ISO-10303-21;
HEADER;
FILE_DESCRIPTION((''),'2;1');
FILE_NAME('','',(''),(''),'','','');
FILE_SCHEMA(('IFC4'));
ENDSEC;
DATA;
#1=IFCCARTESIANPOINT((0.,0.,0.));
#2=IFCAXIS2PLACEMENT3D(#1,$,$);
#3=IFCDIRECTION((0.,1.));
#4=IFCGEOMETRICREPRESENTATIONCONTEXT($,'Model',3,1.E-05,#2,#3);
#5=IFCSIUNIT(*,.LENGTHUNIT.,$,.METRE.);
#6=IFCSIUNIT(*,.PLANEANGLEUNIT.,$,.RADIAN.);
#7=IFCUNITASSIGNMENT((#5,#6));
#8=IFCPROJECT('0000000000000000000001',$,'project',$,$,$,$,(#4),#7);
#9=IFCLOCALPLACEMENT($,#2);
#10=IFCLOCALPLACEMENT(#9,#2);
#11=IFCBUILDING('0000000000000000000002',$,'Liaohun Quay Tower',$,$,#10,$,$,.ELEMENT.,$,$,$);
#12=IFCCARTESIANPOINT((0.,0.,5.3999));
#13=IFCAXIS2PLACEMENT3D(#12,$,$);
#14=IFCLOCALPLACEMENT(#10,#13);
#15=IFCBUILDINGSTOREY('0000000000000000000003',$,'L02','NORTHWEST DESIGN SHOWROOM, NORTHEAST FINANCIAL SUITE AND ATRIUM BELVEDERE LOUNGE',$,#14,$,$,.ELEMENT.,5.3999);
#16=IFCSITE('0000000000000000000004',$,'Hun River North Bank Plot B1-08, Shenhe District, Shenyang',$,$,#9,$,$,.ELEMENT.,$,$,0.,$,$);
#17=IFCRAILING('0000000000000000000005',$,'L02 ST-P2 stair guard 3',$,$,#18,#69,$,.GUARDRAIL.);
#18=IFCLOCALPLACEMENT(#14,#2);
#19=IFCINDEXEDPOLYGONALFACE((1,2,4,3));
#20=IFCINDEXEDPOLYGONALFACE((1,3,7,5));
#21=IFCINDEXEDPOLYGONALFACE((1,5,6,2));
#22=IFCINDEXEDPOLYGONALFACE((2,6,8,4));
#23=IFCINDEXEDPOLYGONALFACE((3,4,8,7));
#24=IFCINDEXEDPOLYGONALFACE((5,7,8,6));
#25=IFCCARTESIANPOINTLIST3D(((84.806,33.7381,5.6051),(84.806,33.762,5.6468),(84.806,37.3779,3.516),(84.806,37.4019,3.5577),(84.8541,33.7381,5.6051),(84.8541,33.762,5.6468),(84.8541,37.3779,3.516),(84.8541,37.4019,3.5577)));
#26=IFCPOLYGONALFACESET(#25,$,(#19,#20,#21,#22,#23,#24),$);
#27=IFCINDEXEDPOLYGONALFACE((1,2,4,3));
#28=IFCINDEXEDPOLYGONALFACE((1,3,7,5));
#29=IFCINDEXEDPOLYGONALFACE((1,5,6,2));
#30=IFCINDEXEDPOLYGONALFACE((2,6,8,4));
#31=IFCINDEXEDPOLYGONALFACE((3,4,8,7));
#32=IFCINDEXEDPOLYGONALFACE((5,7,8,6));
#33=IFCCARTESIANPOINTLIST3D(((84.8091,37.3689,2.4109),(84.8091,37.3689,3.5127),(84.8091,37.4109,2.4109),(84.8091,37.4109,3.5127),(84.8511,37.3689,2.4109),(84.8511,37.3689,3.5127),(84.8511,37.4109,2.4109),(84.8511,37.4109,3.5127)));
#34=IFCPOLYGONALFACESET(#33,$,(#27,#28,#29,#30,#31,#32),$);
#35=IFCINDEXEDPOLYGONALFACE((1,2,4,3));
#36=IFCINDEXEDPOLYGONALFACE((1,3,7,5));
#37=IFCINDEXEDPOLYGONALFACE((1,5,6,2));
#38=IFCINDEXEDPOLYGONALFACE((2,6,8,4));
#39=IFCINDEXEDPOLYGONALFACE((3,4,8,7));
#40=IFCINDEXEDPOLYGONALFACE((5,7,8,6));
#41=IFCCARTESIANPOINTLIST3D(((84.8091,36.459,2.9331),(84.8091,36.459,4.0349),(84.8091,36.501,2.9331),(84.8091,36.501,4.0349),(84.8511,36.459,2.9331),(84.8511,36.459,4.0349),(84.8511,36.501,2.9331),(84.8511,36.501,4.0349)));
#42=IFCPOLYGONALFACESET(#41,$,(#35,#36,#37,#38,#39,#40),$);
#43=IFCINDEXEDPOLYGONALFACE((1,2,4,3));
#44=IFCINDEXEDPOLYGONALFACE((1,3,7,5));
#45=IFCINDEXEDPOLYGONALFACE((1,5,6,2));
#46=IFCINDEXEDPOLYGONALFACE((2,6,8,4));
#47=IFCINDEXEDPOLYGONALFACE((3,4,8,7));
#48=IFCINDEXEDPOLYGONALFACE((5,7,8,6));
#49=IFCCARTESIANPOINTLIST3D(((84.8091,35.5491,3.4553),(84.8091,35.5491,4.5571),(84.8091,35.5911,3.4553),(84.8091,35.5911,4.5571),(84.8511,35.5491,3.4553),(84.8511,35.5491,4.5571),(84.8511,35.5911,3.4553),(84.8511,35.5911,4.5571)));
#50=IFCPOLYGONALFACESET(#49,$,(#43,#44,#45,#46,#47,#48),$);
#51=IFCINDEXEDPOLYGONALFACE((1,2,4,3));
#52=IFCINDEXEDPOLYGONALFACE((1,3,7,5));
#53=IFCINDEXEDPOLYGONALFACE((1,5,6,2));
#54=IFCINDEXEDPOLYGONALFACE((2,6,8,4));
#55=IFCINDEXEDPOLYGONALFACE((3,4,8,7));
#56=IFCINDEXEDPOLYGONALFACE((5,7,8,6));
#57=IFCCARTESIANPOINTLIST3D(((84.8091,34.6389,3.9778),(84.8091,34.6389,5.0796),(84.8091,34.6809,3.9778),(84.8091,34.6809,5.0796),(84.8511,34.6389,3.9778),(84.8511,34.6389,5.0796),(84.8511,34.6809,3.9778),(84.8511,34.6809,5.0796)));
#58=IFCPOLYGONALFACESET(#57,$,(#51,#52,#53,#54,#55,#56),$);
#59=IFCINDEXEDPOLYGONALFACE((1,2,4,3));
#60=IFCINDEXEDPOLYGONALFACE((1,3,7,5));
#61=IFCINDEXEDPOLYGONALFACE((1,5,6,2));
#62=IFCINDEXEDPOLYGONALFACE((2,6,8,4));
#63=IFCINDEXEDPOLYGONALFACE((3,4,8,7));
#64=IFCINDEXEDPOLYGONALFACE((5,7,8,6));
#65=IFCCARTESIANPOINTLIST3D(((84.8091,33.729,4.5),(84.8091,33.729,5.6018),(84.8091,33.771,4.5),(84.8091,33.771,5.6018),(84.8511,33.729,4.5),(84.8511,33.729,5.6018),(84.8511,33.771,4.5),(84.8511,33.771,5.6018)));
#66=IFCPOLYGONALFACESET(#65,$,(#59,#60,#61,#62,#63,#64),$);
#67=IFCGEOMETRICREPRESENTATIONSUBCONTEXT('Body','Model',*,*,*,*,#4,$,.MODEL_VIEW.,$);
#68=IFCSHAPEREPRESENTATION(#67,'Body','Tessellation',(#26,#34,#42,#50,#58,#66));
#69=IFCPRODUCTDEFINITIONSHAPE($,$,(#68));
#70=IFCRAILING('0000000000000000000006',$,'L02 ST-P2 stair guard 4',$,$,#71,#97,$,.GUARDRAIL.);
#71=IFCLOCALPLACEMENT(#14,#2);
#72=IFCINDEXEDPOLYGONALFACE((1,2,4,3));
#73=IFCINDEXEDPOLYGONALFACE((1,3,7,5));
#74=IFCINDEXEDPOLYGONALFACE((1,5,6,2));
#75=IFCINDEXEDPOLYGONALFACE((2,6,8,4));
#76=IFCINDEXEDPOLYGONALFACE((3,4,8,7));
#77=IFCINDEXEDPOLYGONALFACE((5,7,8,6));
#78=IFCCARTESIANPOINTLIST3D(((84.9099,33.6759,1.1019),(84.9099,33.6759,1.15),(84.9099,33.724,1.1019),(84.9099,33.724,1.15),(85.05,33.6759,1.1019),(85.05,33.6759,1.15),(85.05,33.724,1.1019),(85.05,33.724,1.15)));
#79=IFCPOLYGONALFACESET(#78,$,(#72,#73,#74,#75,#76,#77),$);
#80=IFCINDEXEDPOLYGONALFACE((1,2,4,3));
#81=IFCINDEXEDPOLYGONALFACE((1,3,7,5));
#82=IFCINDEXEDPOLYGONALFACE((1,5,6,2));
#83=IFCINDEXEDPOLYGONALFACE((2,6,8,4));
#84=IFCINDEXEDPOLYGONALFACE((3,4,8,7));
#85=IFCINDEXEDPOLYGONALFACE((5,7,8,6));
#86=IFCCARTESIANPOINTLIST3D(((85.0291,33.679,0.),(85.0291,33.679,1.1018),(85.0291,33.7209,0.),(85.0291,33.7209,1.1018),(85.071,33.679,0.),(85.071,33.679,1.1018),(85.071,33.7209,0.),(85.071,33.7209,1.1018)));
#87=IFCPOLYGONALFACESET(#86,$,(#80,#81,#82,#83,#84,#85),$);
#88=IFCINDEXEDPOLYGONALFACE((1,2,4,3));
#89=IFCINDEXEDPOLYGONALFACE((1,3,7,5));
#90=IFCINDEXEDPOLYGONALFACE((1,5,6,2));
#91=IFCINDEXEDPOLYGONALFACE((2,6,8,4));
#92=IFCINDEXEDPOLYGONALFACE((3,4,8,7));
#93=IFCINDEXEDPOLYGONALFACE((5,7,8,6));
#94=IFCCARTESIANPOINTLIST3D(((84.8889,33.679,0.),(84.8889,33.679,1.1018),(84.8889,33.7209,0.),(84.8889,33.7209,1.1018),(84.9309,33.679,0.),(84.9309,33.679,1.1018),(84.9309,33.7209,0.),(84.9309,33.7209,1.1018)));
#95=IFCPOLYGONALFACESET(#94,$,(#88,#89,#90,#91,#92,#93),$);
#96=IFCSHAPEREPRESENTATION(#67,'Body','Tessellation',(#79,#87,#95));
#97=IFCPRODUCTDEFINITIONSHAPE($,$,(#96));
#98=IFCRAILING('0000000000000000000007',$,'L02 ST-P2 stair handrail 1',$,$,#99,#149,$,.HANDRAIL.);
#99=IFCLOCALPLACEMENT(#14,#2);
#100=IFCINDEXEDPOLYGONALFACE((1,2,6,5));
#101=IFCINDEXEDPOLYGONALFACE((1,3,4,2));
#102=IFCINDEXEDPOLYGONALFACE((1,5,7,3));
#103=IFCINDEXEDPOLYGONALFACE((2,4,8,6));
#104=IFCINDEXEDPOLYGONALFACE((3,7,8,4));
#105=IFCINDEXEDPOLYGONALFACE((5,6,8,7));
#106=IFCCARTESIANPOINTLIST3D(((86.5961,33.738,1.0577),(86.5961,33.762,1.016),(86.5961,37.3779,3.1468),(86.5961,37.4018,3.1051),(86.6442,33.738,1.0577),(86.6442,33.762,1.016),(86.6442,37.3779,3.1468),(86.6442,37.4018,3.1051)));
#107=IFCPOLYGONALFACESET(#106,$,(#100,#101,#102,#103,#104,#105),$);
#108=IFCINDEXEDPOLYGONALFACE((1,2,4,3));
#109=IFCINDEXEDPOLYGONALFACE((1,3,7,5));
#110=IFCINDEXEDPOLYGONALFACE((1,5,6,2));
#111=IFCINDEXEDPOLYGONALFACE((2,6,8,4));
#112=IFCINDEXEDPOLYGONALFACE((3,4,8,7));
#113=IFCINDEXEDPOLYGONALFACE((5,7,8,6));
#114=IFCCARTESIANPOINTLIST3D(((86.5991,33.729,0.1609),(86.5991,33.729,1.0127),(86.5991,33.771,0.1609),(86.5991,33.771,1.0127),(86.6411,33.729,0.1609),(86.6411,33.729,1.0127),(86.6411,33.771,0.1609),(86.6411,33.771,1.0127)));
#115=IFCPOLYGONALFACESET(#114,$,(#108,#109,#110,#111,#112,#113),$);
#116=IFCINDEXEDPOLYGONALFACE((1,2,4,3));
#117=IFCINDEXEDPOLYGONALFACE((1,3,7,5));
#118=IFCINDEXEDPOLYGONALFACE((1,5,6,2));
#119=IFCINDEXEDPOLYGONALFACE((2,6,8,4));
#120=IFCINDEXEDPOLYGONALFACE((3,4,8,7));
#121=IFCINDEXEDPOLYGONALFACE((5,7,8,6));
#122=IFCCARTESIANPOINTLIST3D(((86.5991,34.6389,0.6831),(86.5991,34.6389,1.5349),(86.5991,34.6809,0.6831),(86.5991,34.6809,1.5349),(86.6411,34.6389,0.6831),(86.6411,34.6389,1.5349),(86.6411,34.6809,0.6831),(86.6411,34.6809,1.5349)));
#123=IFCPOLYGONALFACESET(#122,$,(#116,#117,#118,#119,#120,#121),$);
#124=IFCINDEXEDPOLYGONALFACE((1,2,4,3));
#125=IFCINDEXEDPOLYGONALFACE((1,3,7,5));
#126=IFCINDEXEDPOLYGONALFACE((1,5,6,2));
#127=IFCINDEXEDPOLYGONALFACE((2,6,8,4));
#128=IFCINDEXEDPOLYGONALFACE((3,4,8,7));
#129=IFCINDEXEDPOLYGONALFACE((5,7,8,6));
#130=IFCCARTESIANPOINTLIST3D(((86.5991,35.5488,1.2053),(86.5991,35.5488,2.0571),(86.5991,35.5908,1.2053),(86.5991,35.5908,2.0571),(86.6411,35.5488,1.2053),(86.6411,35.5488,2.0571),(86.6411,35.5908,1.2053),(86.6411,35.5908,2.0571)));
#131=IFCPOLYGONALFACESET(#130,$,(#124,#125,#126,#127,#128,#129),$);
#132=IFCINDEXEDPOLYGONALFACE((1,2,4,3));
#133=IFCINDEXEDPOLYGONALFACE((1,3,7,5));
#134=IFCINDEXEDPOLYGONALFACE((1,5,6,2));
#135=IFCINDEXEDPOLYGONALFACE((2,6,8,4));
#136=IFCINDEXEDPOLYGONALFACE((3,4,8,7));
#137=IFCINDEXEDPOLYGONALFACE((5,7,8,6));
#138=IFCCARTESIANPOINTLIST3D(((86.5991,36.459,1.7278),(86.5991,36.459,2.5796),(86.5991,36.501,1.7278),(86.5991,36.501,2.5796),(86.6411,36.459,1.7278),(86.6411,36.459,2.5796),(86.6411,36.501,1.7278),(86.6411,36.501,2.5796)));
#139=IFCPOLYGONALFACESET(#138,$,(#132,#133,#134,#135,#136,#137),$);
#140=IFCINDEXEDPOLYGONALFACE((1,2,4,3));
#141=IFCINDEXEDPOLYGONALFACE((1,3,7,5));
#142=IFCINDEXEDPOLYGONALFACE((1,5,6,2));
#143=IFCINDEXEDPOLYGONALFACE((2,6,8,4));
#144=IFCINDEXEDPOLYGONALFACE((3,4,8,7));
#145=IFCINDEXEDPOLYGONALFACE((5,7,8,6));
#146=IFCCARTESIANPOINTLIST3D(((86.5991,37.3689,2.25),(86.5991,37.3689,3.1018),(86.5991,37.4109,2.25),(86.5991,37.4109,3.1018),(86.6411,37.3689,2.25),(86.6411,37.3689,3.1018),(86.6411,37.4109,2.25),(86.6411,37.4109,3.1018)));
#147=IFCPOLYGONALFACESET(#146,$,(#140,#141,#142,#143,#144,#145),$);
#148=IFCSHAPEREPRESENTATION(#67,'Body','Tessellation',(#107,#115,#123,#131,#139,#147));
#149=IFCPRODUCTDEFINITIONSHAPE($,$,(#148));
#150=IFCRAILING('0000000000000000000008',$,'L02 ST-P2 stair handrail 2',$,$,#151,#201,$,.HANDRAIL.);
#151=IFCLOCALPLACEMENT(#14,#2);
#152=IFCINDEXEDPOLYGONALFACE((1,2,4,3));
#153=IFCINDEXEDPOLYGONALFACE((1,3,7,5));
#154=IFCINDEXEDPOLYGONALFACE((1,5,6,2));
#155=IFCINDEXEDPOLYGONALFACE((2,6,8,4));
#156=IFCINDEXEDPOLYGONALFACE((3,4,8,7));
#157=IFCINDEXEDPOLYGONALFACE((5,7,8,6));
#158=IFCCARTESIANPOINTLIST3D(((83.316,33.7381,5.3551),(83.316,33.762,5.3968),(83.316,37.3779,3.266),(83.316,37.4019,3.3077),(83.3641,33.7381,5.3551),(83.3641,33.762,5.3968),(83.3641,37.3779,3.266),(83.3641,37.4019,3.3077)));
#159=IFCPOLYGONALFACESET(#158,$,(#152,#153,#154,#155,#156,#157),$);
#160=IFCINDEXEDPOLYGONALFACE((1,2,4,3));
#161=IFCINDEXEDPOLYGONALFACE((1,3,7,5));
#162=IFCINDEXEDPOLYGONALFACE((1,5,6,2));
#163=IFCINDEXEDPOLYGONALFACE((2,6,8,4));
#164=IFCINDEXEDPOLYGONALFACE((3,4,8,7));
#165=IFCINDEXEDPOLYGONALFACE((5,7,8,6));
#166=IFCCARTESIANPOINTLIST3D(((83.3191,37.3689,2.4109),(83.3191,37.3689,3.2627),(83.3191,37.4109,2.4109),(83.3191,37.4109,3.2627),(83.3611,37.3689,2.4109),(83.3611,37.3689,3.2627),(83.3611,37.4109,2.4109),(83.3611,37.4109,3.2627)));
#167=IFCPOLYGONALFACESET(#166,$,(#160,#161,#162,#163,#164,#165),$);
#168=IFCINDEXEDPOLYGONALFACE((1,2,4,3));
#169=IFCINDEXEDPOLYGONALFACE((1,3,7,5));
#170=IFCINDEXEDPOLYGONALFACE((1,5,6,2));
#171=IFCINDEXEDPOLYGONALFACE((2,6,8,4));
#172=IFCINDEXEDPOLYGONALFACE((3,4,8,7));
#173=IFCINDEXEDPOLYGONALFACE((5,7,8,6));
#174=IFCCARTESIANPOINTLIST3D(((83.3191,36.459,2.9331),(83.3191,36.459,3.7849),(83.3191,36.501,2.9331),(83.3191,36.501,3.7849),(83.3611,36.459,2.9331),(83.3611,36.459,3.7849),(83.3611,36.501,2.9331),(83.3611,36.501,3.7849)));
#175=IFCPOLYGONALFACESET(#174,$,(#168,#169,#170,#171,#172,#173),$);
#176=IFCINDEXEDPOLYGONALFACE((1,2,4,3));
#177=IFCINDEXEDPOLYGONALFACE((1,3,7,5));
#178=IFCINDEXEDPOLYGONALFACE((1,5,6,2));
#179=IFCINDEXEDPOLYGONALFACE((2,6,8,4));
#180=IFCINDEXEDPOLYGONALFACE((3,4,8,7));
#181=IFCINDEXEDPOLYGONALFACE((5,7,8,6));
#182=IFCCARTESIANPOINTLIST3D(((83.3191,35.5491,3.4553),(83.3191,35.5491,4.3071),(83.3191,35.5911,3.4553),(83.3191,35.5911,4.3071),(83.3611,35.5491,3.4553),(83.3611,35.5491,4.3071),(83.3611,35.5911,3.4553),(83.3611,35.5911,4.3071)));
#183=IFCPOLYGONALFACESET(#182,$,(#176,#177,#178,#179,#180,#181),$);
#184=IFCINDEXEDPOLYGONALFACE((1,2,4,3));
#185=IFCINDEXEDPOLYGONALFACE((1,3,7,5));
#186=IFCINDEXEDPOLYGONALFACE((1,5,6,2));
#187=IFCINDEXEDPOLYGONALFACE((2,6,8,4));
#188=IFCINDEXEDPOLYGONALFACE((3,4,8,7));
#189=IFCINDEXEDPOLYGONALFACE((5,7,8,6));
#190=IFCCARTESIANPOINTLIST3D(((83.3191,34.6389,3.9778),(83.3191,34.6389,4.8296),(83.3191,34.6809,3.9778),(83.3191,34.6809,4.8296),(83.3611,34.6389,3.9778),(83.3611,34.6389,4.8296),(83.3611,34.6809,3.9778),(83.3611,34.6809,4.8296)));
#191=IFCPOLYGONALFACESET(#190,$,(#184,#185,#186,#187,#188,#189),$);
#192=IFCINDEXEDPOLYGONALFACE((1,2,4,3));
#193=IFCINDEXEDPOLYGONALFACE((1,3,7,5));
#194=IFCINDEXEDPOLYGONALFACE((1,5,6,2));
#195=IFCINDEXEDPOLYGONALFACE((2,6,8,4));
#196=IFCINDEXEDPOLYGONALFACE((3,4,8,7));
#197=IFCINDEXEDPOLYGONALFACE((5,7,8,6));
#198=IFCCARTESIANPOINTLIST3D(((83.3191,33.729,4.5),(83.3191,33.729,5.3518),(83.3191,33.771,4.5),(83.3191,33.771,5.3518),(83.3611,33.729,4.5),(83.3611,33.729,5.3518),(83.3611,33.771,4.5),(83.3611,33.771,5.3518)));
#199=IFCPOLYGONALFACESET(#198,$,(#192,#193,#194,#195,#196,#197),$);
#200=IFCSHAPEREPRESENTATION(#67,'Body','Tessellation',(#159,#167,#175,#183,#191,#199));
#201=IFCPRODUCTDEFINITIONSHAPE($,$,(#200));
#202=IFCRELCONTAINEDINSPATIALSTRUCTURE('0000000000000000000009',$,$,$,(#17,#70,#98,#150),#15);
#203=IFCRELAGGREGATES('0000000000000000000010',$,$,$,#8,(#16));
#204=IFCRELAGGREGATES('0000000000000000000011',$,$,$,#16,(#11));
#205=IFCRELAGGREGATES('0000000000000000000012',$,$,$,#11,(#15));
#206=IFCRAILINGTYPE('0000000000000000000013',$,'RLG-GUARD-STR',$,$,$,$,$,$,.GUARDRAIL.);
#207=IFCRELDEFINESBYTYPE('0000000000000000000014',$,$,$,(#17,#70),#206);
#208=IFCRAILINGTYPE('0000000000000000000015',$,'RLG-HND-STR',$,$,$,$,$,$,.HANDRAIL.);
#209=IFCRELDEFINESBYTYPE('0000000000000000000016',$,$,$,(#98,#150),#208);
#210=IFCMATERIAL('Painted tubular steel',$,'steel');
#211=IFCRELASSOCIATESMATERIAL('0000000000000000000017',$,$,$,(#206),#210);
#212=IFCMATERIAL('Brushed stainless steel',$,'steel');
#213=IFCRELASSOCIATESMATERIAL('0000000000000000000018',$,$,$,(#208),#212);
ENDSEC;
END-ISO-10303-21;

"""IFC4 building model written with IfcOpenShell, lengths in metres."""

from ifc_helpers import new_model, si_unit, direction, frame, origin, origin_2d, place, context, subcontext, project, spatial, rectangle, extrude, material, type_object, element, save


model = new_model("IFC4")

# Units and contexts
model_context = context("Model", 3, precision=1e-05, world=origin(), true_north=direction((0.0, 1.0)))
body_context = subcontext(model_context, "Body", "Model", "MODEL_VIEW")
ifc_project = project(units=[si_unit("LENGTHUNIT", "METRE"), si_unit("PLANEANGLEUNIT", "RADIAN")], contexts=[model_context])

# Site, building, storey
site_placement = place(None, origin())
site = spatial("IfcSite", under=ifc_project, at=site_placement, Name="Hun River North Bank Plot B1-08, Shenhe District, Shenyang", CompositionType="ELEMENT", RefElevation=0.0)
building_placement = place(site_placement, origin())
building = spatial("IfcBuilding", under=site, at=building_placement, Name="Liaohun Quay Tower", CompositionType="ELEMENT")
storey_placement = place(building_placement, frame((0.0, 0.0, 5.3999)))
storey = spatial("IfcBuildingStorey", under=building, at=storey_placement, Name="L02", Description="NORTHWEST DESIGN SHOWROOM, NORTHEAST FINANCIAL SUITE AND ATRIUM BELVEDERE LOUNGE", CompositionType="ELEMENT", Elevation=5.3999)

# Railings
ifc_material_1 = material(Name="Painted tubular steel", Category="steel")
railing_type_1 = type_object("IfcRailingType", Name="RLG-GUARD-STR", PredefinedType="GUARDRAIL", material=ifc_material_1)
railing_1_placement = place(storey_placement, frame((84.8301, 37.3899, 2.4109)))
element("IfcRailing", 1, at=railing_1_placement, inside=storey, type_object=railing_type_1, Name="L02 ST-P2 stair guard 3", PredefinedType="GUARDRAIL", context=body_context, shape_type="SweptSolid", body=[
    extrude(rectangle(XDim=0.0481, YDim=0.0481, at=origin_2d()), frame((0.0, 0.0, 1.126), z_axis=(0.0, -0.8673, 0.497786), x_axis=(1.0, 0.0, 0.0)), (0.0, 0.0, 1.0), 4.1968),
    extrude(rectangle(XDim=0.042, YDim=0.042, at=origin_2d()), origin(), (0.0, 0.0, 1.0), 1.1018),
    extrude(rectangle(XDim=0.042, YDim=0.042, at=origin_2d()), frame((0.0, -0.9099, 0.5222)), (0.0, 0.0, 1.0), 1.1018),
    extrude(rectangle(XDim=0.042, YDim=0.042, at=origin_2d()), frame((0.0, -1.8198, 1.0444)), (0.0, 0.0, 1.0), 1.1018),
    extrude(rectangle(XDim=0.042, YDim=0.042, at=origin_2d()), frame((0.0, -2.73, 1.5669)), (0.0, 0.0, 1.0), 1.1018),
    extrude(rectangle(XDim=0.042, YDim=0.042, at=origin_2d()), frame((0.0, -3.6399, 2.0891)), (0.0, 0.0, 1.0), 1.1018),
])
railing_2_placement = place(storey_placement, frame((85.05, 33.7, 0.0)))
element("IfcRailing", 2, at=railing_2_placement, inside=storey, type_object=railing_type_1, Name="L02 ST-P2 stair guard 4", PredefinedType="GUARDRAIL", context=body_context, shape_type="SweptSolid", body=[
    extrude(rectangle(XDim=0.0481, YDim=0.0481, at=origin_2d()), frame((0.0, 0.0, 1.126), z_axis=(-1.0, 0.0, 0.0), x_axis=(0.0, -1.0, 0.0)), (0.0, 0.0, 1.0), 0.1401),
    extrude(rectangle(XDim=0.042, YDim=0.042, at=origin_2d()), origin(), (0.0, 0.0, 1.0), 1.1018),
    extrude(rectangle(XDim=0.042, YDim=0.042, at=origin_2d()), frame((-0.1401, 0.0, 0.0)), (0.0, 0.0, 1.0), 1.1018),
])
ifc_material_2 = material(Name="Brushed stainless steel", Category="steel")
railing_type_2 = type_object("IfcRailingType", Name="RLG-HND-STR", PredefinedType="HANDRAIL", material=ifc_material_2)
railing_3_placement = place(storey_placement, frame((86.6201, 33.75, 0.1609)))
element("IfcRailing", 3, at=railing_3_placement, inside=storey, type_object=railing_type_2, Name="L02 ST-P2 stair handrail 1", PredefinedType="HANDRAIL", context=body_context, shape_type="SweptSolid", body=[
    extrude(rectangle(XDim=0.0481, YDim=0.0481, at=origin_2d()), frame((0.0, 0.0, 0.876), z_axis=(0.0, 0.8673, 0.497786), x_axis=(-1.0, 0.0, 0.0)), (0.0, 0.0, 1.0), 4.1968),
    extrude(rectangle(XDim=0.042, YDim=0.042, at=origin_2d()), origin(), (0.0, 0.0, 1.0), 0.8518),
    extrude(rectangle(XDim=0.042, YDim=0.042, at=origin_2d()), frame((0.0, 0.9099, 0.5222)), (0.0, 0.0, 1.0), 0.8518),
    extrude(rectangle(XDim=0.042, YDim=0.042, at=origin_2d()), frame((0.0, 1.8198, 1.0444)), (0.0, 0.0, 1.0), 0.8518),
    extrude(rectangle(XDim=0.042, YDim=0.042, at=origin_2d()), frame((0.0, 2.73, 1.5669)), (0.0, 0.0, 1.0), 0.8518),
    extrude(rectangle(XDim=0.042, YDim=0.042, at=origin_2d()), frame((0.0, 3.6399, 2.0891)), (0.0, 0.0, 1.0), 0.8518),
])
railing_4_placement = place(storey_placement, frame((83.3401, 37.3899, 2.4109)))
element("IfcRailing", 4, at=railing_4_placement, inside=storey, type_object=railing_type_2, Name="L02 ST-P2 stair handrail 2", PredefinedType="HANDRAIL", context=body_context, shape_type="SweptSolid", body=[
    extrude(rectangle(XDim=0.0481, YDim=0.0481, at=origin_2d()), frame((0.0, 0.0, 0.876), z_axis=(0.0, -0.8673, 0.497786), x_axis=(1.0, 0.0, 0.0)), (0.0, 0.0, 1.0), 4.1968),
    extrude(rectangle(XDim=0.042, YDim=0.042, at=origin_2d()), origin(), (0.0, 0.0, 1.0), 0.8518),
    extrude(rectangle(XDim=0.042, YDim=0.042, at=origin_2d()), frame((0.0, -0.9099, 0.5222)), (0.0, 0.0, 1.0), 0.8518),
    extrude(rectangle(XDim=0.042, YDim=0.042, at=origin_2d()), frame((0.0, -1.8198, 1.0444)), (0.0, 0.0, 1.0), 0.8518),
    extrude(rectangle(XDim=0.042, YDim=0.042, at=origin_2d()), frame((0.0, -2.73, 1.5669)), (0.0, 0.0, 1.0), 0.8518),
    extrude(rectangle(XDim=0.042, YDim=0.042, at=origin_2d()), frame((0.0, -3.6399, 2.0891)), (0.0, 0.0, 1.0), 0.8518),
])

save(model, "model.ifc")
